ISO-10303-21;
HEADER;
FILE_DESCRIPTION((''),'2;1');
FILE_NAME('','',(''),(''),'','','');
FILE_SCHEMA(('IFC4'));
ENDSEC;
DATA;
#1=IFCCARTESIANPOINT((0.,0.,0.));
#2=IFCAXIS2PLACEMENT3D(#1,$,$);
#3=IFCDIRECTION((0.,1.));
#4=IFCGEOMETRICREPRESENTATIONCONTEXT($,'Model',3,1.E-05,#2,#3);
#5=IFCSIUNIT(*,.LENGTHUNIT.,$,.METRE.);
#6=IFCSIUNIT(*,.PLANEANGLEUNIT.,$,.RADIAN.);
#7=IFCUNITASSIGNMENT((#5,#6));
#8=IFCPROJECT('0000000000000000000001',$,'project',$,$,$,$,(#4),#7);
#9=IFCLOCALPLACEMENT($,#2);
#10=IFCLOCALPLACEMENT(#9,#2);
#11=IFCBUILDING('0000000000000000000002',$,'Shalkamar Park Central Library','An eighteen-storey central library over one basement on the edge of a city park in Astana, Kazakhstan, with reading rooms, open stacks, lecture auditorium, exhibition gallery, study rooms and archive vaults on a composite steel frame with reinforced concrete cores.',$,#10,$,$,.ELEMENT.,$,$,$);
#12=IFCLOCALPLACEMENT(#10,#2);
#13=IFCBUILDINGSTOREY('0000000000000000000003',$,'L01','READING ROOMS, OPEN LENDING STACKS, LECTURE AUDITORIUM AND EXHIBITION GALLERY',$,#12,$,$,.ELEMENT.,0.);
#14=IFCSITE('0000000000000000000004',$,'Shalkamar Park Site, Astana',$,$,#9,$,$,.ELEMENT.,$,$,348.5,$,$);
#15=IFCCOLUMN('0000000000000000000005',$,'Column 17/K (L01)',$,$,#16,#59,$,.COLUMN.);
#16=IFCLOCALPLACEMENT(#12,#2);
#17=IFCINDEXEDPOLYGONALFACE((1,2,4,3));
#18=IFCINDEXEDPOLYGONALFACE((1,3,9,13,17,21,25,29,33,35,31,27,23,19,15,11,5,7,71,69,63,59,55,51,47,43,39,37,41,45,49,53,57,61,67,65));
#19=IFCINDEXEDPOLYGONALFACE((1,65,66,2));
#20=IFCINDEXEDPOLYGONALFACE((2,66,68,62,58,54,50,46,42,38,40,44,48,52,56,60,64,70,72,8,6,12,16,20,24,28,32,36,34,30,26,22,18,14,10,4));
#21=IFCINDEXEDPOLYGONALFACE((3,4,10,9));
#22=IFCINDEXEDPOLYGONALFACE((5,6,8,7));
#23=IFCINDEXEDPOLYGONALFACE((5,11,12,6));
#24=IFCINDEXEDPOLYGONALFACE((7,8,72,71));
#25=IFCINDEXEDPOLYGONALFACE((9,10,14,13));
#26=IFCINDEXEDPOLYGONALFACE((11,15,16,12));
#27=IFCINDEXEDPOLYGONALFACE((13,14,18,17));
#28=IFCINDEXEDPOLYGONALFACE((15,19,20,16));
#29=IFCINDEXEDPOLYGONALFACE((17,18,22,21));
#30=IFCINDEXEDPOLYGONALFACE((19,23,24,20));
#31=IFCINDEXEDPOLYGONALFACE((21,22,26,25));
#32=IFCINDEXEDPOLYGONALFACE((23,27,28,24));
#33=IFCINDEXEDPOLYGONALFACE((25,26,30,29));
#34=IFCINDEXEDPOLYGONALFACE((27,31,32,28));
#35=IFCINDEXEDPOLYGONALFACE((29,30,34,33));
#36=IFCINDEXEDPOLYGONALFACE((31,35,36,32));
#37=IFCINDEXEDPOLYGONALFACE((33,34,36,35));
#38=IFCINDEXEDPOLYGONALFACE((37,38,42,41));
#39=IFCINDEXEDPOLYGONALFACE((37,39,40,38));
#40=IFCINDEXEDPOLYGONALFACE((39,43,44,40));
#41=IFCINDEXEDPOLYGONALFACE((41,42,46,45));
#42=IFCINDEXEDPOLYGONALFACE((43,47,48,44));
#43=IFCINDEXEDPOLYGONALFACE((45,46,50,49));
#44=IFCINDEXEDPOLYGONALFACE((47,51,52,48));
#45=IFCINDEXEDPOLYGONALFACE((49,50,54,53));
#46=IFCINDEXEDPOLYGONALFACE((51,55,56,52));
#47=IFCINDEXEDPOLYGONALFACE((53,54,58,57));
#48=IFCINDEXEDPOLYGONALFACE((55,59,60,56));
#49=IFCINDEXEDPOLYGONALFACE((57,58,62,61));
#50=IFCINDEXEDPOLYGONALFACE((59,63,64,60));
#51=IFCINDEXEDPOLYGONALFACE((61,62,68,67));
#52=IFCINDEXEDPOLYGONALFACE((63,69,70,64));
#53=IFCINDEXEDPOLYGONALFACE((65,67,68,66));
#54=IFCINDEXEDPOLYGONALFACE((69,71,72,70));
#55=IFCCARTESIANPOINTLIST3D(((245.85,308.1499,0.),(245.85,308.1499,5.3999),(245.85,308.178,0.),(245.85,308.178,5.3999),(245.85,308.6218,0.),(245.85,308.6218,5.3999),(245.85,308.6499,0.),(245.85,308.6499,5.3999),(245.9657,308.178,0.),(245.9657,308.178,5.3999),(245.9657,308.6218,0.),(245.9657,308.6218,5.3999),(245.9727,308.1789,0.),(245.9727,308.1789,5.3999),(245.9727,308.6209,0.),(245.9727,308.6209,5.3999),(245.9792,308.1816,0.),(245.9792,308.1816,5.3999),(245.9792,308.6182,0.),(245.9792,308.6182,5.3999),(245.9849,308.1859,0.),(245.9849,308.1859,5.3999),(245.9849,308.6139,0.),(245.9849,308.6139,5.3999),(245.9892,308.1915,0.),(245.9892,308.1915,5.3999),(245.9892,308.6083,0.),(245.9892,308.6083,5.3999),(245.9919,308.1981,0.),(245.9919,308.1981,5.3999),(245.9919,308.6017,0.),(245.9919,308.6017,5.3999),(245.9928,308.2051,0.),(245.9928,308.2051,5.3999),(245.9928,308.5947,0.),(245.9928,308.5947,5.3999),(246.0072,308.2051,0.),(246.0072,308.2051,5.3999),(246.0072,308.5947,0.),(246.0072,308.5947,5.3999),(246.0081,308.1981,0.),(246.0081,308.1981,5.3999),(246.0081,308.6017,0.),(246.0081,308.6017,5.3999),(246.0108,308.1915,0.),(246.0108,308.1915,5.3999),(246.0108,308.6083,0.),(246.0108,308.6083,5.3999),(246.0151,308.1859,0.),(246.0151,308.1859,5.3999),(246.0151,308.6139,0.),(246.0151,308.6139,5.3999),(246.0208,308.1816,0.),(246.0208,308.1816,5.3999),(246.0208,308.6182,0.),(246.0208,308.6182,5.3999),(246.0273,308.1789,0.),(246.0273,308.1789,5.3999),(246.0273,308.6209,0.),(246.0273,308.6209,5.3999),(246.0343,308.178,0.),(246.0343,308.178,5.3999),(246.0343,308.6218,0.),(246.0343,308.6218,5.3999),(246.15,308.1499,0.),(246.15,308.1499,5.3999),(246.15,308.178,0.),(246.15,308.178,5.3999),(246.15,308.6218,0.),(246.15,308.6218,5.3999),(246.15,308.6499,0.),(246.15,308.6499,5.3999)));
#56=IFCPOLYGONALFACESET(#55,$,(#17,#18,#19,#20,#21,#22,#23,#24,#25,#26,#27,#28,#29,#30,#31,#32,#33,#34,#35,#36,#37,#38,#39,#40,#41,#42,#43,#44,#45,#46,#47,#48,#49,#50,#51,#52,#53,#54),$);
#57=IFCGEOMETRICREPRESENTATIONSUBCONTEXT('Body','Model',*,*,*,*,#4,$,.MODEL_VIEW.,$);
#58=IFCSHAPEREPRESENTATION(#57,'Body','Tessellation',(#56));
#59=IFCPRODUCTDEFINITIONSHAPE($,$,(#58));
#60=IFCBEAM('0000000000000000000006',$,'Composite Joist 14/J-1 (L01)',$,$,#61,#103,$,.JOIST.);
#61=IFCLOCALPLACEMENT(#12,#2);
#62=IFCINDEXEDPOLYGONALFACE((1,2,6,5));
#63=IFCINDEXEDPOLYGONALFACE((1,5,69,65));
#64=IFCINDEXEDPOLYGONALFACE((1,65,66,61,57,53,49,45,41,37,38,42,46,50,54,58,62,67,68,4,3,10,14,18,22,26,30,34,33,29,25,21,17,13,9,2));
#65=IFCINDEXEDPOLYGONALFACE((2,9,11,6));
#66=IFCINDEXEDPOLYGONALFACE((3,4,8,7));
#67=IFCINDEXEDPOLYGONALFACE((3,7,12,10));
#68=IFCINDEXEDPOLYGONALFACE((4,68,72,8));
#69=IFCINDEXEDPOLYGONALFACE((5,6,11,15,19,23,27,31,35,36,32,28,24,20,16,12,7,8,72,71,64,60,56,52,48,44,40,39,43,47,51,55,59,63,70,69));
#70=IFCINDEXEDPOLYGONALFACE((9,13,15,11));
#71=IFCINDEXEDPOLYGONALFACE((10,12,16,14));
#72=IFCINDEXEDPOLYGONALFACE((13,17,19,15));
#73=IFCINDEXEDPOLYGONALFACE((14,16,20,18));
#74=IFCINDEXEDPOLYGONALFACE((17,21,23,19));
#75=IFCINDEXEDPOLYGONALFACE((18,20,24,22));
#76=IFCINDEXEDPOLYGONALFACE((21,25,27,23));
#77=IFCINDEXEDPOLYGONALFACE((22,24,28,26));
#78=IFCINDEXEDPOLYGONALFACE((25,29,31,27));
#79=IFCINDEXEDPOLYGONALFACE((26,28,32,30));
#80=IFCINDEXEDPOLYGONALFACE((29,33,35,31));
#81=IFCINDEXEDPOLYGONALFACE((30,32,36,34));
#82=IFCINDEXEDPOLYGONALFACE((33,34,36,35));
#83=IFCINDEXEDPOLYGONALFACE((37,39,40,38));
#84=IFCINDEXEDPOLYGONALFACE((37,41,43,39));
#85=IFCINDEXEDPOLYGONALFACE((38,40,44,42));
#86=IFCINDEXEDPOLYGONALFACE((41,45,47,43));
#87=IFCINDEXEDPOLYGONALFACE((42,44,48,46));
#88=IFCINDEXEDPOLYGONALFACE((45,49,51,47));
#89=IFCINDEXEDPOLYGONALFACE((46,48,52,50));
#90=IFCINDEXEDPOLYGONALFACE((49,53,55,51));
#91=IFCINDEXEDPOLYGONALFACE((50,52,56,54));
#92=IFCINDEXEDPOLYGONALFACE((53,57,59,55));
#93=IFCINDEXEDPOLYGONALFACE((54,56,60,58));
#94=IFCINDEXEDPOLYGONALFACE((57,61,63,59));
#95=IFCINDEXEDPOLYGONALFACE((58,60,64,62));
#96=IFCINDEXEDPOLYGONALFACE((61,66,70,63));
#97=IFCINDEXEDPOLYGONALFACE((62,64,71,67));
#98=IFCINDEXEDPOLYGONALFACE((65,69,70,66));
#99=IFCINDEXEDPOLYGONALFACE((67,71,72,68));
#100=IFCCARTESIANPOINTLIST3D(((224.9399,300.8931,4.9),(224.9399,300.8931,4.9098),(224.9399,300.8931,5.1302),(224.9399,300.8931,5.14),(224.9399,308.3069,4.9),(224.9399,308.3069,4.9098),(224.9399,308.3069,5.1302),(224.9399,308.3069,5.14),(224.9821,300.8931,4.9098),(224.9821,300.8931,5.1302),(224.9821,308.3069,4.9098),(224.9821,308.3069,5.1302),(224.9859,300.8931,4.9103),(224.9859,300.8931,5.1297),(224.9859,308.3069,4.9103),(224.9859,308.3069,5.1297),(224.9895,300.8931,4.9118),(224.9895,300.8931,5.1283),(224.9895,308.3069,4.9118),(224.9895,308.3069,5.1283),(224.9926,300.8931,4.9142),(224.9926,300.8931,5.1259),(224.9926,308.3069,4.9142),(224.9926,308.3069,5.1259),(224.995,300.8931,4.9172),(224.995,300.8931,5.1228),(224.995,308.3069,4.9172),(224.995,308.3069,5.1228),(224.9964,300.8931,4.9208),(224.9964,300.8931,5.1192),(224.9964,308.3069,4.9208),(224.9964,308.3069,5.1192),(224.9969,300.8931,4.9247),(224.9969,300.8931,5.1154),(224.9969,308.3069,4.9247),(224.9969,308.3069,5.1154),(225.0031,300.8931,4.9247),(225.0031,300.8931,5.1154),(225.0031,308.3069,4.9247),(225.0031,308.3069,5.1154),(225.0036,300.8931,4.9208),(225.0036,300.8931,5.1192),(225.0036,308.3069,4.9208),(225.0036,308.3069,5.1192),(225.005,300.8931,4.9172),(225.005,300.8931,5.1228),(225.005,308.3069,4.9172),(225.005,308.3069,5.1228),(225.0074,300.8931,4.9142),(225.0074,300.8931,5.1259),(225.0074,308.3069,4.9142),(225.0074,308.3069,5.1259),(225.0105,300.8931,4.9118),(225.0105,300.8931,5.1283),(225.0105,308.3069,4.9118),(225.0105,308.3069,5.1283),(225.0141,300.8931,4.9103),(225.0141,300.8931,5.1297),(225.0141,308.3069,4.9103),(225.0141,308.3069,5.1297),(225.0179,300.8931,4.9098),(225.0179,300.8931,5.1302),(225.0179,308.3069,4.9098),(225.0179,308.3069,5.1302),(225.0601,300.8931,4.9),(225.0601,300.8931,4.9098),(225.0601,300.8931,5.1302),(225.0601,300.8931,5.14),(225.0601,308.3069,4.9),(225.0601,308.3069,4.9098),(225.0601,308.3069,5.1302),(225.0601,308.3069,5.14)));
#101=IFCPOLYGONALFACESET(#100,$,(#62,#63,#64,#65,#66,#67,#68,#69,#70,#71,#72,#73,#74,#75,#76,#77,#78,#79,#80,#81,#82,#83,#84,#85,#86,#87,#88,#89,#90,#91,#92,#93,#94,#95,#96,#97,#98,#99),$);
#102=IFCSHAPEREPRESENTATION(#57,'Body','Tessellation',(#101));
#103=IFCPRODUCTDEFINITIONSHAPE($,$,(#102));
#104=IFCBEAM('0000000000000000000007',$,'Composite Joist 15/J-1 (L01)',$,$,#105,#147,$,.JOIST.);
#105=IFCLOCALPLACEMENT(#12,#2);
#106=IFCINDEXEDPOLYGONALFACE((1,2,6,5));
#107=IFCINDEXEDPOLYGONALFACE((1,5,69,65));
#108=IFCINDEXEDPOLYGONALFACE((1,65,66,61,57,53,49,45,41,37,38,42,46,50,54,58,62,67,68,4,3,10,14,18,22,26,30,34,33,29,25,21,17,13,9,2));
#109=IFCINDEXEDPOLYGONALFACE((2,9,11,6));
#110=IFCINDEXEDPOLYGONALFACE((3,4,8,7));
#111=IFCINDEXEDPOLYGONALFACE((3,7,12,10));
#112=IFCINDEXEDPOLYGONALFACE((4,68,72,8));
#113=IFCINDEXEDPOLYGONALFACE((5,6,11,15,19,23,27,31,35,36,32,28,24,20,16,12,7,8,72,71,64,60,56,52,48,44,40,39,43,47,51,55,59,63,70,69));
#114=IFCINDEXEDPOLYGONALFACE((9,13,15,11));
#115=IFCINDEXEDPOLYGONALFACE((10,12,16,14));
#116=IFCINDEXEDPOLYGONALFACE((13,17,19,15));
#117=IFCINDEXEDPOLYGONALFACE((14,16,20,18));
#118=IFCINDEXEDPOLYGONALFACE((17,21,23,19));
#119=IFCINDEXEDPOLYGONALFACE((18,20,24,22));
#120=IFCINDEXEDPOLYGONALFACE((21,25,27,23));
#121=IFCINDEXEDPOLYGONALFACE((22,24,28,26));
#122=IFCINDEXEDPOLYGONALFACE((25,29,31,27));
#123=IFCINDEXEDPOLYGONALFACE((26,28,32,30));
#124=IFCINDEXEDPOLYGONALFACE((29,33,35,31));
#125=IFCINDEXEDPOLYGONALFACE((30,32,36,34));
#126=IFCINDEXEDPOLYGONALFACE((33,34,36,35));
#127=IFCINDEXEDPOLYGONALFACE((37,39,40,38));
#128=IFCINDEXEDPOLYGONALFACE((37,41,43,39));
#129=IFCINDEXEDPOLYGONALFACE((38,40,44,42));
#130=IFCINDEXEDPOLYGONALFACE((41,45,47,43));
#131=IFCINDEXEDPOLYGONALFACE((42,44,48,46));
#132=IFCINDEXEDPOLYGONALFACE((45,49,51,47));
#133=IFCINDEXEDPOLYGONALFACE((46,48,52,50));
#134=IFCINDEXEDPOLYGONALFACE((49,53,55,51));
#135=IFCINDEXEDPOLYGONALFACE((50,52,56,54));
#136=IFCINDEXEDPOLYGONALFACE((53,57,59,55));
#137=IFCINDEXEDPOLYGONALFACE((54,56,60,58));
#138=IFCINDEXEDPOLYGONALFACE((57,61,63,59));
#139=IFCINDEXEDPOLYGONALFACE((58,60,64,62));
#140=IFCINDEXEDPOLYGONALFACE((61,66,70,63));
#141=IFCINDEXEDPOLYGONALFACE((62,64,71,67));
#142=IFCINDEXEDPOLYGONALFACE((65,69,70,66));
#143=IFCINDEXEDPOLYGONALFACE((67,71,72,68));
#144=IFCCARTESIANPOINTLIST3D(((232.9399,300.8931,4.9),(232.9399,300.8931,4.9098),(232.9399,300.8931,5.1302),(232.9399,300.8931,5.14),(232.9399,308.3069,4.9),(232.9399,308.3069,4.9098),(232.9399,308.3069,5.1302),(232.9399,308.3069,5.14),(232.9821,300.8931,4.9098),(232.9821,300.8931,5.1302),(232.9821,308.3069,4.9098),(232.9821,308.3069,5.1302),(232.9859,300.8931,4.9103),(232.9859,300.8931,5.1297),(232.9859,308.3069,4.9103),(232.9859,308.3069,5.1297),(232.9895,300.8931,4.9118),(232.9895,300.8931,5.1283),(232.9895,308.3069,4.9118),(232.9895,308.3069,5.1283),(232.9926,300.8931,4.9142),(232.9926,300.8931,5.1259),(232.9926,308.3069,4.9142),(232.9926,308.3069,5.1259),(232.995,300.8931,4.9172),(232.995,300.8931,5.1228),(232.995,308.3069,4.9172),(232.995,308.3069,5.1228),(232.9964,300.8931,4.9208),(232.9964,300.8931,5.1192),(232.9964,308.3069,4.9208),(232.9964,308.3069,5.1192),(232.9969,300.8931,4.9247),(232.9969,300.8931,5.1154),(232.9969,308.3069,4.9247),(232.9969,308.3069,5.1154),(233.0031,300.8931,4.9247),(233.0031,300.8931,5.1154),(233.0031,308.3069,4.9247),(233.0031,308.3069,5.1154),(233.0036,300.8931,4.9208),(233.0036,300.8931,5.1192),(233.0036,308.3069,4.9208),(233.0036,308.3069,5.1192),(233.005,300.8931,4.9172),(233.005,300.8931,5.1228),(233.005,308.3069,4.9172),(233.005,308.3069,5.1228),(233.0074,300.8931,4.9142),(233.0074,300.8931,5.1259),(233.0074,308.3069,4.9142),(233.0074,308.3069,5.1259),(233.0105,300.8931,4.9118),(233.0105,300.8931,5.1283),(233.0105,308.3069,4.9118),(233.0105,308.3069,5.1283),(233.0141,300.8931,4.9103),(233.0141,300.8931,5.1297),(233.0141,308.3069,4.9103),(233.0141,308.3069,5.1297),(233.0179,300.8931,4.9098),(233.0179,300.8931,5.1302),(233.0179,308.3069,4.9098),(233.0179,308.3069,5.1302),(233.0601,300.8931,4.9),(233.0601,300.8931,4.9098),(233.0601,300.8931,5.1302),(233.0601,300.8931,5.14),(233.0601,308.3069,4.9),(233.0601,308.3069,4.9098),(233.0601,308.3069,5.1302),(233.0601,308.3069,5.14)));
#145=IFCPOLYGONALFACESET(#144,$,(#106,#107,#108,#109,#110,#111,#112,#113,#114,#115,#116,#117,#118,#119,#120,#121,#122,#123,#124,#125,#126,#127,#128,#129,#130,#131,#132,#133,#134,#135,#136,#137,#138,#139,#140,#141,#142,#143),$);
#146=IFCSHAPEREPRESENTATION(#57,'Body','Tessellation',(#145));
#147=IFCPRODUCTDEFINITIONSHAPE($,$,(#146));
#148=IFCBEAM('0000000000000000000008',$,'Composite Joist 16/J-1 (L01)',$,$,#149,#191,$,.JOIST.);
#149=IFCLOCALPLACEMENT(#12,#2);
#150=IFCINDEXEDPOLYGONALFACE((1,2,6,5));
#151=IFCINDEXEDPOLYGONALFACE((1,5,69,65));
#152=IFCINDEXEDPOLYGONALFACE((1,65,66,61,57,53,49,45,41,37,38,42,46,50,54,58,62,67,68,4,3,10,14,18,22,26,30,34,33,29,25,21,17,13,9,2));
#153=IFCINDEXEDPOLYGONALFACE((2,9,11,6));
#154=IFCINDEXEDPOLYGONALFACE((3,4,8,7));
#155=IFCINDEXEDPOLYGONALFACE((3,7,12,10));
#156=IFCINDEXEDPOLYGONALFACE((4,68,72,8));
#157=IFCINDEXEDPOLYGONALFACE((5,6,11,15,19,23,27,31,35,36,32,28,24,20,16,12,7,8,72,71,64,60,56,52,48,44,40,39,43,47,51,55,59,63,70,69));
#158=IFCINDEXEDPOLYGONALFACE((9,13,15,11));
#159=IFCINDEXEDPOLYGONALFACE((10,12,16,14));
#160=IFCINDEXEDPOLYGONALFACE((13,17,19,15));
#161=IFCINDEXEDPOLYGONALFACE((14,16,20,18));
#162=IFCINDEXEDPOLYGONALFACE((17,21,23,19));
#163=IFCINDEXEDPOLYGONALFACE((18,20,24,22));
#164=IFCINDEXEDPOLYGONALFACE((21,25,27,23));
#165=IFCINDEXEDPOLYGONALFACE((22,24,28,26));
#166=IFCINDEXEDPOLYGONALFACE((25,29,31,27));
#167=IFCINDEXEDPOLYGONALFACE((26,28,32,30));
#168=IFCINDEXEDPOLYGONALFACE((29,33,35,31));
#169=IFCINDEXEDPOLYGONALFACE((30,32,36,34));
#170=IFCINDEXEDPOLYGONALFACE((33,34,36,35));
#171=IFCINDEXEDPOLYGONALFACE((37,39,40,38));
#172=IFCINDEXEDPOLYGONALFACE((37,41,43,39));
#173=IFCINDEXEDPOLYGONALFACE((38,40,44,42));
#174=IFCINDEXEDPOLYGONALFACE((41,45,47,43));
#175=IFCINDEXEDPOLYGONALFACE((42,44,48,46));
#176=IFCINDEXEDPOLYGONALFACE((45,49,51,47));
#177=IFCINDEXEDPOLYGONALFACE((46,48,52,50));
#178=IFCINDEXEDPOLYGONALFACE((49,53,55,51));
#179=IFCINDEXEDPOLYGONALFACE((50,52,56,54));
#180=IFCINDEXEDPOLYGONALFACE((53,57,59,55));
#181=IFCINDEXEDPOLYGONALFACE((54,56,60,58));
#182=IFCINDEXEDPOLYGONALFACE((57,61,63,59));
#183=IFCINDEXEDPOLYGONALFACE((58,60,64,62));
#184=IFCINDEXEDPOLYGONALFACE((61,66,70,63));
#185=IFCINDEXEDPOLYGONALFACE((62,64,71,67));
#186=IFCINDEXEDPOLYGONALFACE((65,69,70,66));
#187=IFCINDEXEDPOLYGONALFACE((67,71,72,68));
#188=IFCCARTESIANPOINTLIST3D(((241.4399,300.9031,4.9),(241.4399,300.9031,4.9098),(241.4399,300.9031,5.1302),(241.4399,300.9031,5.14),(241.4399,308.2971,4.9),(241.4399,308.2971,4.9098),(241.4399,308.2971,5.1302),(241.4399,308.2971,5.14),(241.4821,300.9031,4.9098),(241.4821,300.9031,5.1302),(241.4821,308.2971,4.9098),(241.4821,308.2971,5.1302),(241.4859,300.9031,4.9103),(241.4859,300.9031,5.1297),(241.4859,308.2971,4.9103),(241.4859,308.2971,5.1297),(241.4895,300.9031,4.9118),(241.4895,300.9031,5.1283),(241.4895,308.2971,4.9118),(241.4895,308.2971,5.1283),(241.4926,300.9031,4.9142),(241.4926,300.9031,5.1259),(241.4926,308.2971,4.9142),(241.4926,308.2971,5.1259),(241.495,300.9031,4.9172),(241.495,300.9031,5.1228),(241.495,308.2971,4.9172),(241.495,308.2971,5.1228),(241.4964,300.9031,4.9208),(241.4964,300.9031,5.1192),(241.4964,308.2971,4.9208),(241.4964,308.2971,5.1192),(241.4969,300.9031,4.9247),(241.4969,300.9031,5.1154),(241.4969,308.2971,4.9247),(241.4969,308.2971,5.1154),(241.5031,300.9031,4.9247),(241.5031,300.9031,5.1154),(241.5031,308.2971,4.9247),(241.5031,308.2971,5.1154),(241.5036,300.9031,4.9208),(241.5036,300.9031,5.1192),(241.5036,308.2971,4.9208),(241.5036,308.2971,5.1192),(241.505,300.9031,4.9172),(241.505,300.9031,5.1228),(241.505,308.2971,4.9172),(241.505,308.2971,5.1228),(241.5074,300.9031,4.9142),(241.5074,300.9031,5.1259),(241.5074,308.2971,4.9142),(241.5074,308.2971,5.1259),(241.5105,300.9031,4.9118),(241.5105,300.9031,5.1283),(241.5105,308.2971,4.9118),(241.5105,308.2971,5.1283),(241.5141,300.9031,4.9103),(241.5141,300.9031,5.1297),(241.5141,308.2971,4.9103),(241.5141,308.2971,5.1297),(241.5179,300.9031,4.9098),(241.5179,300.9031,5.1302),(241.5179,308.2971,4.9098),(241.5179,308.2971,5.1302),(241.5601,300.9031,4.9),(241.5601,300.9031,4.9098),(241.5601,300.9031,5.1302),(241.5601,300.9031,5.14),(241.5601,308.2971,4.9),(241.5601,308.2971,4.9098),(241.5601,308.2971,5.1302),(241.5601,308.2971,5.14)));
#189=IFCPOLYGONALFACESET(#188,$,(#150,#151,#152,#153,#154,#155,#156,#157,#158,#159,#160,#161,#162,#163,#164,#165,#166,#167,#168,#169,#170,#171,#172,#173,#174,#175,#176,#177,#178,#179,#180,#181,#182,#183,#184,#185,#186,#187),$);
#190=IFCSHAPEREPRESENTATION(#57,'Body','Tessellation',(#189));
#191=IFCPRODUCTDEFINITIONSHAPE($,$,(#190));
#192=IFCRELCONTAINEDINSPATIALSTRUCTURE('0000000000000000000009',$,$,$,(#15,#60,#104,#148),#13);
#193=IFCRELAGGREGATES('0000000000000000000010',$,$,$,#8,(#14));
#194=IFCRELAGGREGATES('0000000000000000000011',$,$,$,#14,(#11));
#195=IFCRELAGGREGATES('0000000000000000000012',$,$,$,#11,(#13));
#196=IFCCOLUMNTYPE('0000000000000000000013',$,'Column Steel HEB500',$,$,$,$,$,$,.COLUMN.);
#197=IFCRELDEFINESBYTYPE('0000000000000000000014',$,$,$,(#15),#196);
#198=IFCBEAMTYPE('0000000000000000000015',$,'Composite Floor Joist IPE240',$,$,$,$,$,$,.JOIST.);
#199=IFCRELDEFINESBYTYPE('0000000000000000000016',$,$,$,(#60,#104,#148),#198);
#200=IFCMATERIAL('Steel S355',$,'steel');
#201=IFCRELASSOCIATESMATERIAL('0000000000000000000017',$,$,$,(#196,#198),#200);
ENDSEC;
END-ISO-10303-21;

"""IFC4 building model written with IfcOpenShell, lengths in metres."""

from ifc_helpers import new_model, si_unit, direction, frame, origin, origin_2d, place, context, subcontext, project, spatial, i_section, extrude, material, material_profile, profile_set, type_object, element, save


model = new_model("IFC4")

# Units and contexts
model_context = context("Model", 3, precision=1e-05, world=origin(), true_north=direction((0.0, 1.0)))
body_context = subcontext(model_context, "Body", "Model", "MODEL_VIEW")
ifc_project = project(units=[si_unit("LENGTHUNIT", "METRE"), si_unit("PLANEANGLEUNIT", "RADIAN")], contexts=[model_context])

# Site, building, storey
site_placement = place(None, origin())
site = spatial("IfcSite", under=ifc_project, at=site_placement, Name="Shalkamar Park Site, Astana", CompositionType="ELEMENT", RefElevation=348.5)
building_placement = place(site_placement, origin())
building = spatial("IfcBuilding", under=site, at=building_placement, Name="Shalkamar Park Central Library", Description="An eighteen-storey central library over one basement on the edge of a city park in Astana, Kazakhstan, with reading rooms, open stacks, lecture auditorium, exhibition gallery, study rooms and archive vaults on a composite steel frame with reinforced concrete cores.", CompositionType="ELEMENT")
storey_placement = place(building_placement, origin())
storey = spatial("IfcBuildingStorey", under=building, at=storey_placement, Name="L01", Description="READING ROOMS, OPEN LENDING STACKS, LECTURE AUDITORIUM AND EXHIBITION GALLERY", CompositionType="ELEMENT", Elevation=0.0)

# Column
ifc_material_1 = material(Name="Steel S355", Category="steel")
ifc_material_profile_1 = material_profile(ifc_material_1, i_section(OverallWidth=0.3, OverallDepth=0.5, WebThickness=0.0144, FlangeThickness=0.0281, FilletRadius=0.0271, at=origin_2d()), Name="HEB 500")
ifc_profile_set_1 = profile_set([ifc_material_profile_1], Name="Steel S355")
column_type_1 = type_object("IfcColumnType", Name="Column Steel HEB500", PredefinedType="COLUMN", material=ifc_profile_set_1)
for number, where, z_axis, x_axis, name in (
    (1, (246.0, 308.3999, 0.0), (0.0, 0.0, 1.0), (1.0, 0.0, 0.0), "Column 17/K (L01)"),
):
    element("IfcColumn", number, at=place(storey_placement, frame(where, z_axis=z_axis, x_axis=x_axis)), inside=storey, type_object=column_type_1, Name=name, PredefinedType="COLUMN", context=body_context, shape_type="SweptSolid", body=[
        extrude(i_section(OverallWidth=0.3, OverallDepth=0.5, WebThickness=0.0144, FlangeThickness=0.0281, FilletRadius=0.0271, at=origin_2d()), origin(), (0.0, 0.0, 1.0), 5.3999),
    ])

# Beams
ifc_material_profile_2 = material_profile(ifc_material_1, i_section(OverallWidth=0.1201, OverallDepth=0.24, WebThickness=0.0061, FlangeThickness=0.0098, FilletRadius=0.0149, at=origin_2d()), Name="IPE 240")
ifc_profile_set_2 = profile_set([ifc_material_profile_2], Name="Steel S355")
beam_type_1 = type_object("IfcBeamType", Name="Composite Floor Joist IPE240", PredefinedType="JOIST", material=ifc_profile_set_2)
for number, where, z_axis, x_axis, name in (
    (2, (225.0, 300.8931, 5.02), (0.0, 1.0, 0.0), (-1.0, 0.0, 0.0), "Composite Joist 14/J-1 (L01)"),
    (3, (233.0, 300.8931, 5.02), (0.0, 1.0, 0.0), (-1.0, 0.0, 0.0), "Composite Joist 15/J-1 (L01)"),
):
    element("IfcBeam", number, at=place(storey_placement, frame(where, z_axis=z_axis, x_axis=x_axis)), inside=storey, type_object=beam_type_1, Name=name, PredefinedType="JOIST", context=body_context, shape_type="SweptSolid", body=[
        extrude(i_section(OverallWidth=0.1201, OverallDepth=0.24, WebThickness=0.0061, FlangeThickness=0.0098, FilletRadius=0.0149, at=origin_2d()), origin(), (0.0, 0.0, 1.0), 7.4138),
    ])
beam_1_placement = place(storey_placement, frame((241.5, 300.9031, 5.02), z_axis=(0.0, 1.0, 0.0), x_axis=(-1.0, 0.0, 0.0)))
element("IfcBeam", 4, at=beam_1_placement, inside=storey, type_object=beam_type_1, Name="Composite Joist 16/J-1 (L01)", PredefinedType="JOIST", context=body_context, shape_type="SweptSolid", body=[
    extrude(i_section(OverallWidth=0.1201, OverallDepth=0.24, WebThickness=0.0061, FlangeThickness=0.0098, FilletRadius=0.0149, at=origin_2d()), origin(), (0.0, 0.0, 1.0), 7.394),
])

save(model, "model.ifc")
